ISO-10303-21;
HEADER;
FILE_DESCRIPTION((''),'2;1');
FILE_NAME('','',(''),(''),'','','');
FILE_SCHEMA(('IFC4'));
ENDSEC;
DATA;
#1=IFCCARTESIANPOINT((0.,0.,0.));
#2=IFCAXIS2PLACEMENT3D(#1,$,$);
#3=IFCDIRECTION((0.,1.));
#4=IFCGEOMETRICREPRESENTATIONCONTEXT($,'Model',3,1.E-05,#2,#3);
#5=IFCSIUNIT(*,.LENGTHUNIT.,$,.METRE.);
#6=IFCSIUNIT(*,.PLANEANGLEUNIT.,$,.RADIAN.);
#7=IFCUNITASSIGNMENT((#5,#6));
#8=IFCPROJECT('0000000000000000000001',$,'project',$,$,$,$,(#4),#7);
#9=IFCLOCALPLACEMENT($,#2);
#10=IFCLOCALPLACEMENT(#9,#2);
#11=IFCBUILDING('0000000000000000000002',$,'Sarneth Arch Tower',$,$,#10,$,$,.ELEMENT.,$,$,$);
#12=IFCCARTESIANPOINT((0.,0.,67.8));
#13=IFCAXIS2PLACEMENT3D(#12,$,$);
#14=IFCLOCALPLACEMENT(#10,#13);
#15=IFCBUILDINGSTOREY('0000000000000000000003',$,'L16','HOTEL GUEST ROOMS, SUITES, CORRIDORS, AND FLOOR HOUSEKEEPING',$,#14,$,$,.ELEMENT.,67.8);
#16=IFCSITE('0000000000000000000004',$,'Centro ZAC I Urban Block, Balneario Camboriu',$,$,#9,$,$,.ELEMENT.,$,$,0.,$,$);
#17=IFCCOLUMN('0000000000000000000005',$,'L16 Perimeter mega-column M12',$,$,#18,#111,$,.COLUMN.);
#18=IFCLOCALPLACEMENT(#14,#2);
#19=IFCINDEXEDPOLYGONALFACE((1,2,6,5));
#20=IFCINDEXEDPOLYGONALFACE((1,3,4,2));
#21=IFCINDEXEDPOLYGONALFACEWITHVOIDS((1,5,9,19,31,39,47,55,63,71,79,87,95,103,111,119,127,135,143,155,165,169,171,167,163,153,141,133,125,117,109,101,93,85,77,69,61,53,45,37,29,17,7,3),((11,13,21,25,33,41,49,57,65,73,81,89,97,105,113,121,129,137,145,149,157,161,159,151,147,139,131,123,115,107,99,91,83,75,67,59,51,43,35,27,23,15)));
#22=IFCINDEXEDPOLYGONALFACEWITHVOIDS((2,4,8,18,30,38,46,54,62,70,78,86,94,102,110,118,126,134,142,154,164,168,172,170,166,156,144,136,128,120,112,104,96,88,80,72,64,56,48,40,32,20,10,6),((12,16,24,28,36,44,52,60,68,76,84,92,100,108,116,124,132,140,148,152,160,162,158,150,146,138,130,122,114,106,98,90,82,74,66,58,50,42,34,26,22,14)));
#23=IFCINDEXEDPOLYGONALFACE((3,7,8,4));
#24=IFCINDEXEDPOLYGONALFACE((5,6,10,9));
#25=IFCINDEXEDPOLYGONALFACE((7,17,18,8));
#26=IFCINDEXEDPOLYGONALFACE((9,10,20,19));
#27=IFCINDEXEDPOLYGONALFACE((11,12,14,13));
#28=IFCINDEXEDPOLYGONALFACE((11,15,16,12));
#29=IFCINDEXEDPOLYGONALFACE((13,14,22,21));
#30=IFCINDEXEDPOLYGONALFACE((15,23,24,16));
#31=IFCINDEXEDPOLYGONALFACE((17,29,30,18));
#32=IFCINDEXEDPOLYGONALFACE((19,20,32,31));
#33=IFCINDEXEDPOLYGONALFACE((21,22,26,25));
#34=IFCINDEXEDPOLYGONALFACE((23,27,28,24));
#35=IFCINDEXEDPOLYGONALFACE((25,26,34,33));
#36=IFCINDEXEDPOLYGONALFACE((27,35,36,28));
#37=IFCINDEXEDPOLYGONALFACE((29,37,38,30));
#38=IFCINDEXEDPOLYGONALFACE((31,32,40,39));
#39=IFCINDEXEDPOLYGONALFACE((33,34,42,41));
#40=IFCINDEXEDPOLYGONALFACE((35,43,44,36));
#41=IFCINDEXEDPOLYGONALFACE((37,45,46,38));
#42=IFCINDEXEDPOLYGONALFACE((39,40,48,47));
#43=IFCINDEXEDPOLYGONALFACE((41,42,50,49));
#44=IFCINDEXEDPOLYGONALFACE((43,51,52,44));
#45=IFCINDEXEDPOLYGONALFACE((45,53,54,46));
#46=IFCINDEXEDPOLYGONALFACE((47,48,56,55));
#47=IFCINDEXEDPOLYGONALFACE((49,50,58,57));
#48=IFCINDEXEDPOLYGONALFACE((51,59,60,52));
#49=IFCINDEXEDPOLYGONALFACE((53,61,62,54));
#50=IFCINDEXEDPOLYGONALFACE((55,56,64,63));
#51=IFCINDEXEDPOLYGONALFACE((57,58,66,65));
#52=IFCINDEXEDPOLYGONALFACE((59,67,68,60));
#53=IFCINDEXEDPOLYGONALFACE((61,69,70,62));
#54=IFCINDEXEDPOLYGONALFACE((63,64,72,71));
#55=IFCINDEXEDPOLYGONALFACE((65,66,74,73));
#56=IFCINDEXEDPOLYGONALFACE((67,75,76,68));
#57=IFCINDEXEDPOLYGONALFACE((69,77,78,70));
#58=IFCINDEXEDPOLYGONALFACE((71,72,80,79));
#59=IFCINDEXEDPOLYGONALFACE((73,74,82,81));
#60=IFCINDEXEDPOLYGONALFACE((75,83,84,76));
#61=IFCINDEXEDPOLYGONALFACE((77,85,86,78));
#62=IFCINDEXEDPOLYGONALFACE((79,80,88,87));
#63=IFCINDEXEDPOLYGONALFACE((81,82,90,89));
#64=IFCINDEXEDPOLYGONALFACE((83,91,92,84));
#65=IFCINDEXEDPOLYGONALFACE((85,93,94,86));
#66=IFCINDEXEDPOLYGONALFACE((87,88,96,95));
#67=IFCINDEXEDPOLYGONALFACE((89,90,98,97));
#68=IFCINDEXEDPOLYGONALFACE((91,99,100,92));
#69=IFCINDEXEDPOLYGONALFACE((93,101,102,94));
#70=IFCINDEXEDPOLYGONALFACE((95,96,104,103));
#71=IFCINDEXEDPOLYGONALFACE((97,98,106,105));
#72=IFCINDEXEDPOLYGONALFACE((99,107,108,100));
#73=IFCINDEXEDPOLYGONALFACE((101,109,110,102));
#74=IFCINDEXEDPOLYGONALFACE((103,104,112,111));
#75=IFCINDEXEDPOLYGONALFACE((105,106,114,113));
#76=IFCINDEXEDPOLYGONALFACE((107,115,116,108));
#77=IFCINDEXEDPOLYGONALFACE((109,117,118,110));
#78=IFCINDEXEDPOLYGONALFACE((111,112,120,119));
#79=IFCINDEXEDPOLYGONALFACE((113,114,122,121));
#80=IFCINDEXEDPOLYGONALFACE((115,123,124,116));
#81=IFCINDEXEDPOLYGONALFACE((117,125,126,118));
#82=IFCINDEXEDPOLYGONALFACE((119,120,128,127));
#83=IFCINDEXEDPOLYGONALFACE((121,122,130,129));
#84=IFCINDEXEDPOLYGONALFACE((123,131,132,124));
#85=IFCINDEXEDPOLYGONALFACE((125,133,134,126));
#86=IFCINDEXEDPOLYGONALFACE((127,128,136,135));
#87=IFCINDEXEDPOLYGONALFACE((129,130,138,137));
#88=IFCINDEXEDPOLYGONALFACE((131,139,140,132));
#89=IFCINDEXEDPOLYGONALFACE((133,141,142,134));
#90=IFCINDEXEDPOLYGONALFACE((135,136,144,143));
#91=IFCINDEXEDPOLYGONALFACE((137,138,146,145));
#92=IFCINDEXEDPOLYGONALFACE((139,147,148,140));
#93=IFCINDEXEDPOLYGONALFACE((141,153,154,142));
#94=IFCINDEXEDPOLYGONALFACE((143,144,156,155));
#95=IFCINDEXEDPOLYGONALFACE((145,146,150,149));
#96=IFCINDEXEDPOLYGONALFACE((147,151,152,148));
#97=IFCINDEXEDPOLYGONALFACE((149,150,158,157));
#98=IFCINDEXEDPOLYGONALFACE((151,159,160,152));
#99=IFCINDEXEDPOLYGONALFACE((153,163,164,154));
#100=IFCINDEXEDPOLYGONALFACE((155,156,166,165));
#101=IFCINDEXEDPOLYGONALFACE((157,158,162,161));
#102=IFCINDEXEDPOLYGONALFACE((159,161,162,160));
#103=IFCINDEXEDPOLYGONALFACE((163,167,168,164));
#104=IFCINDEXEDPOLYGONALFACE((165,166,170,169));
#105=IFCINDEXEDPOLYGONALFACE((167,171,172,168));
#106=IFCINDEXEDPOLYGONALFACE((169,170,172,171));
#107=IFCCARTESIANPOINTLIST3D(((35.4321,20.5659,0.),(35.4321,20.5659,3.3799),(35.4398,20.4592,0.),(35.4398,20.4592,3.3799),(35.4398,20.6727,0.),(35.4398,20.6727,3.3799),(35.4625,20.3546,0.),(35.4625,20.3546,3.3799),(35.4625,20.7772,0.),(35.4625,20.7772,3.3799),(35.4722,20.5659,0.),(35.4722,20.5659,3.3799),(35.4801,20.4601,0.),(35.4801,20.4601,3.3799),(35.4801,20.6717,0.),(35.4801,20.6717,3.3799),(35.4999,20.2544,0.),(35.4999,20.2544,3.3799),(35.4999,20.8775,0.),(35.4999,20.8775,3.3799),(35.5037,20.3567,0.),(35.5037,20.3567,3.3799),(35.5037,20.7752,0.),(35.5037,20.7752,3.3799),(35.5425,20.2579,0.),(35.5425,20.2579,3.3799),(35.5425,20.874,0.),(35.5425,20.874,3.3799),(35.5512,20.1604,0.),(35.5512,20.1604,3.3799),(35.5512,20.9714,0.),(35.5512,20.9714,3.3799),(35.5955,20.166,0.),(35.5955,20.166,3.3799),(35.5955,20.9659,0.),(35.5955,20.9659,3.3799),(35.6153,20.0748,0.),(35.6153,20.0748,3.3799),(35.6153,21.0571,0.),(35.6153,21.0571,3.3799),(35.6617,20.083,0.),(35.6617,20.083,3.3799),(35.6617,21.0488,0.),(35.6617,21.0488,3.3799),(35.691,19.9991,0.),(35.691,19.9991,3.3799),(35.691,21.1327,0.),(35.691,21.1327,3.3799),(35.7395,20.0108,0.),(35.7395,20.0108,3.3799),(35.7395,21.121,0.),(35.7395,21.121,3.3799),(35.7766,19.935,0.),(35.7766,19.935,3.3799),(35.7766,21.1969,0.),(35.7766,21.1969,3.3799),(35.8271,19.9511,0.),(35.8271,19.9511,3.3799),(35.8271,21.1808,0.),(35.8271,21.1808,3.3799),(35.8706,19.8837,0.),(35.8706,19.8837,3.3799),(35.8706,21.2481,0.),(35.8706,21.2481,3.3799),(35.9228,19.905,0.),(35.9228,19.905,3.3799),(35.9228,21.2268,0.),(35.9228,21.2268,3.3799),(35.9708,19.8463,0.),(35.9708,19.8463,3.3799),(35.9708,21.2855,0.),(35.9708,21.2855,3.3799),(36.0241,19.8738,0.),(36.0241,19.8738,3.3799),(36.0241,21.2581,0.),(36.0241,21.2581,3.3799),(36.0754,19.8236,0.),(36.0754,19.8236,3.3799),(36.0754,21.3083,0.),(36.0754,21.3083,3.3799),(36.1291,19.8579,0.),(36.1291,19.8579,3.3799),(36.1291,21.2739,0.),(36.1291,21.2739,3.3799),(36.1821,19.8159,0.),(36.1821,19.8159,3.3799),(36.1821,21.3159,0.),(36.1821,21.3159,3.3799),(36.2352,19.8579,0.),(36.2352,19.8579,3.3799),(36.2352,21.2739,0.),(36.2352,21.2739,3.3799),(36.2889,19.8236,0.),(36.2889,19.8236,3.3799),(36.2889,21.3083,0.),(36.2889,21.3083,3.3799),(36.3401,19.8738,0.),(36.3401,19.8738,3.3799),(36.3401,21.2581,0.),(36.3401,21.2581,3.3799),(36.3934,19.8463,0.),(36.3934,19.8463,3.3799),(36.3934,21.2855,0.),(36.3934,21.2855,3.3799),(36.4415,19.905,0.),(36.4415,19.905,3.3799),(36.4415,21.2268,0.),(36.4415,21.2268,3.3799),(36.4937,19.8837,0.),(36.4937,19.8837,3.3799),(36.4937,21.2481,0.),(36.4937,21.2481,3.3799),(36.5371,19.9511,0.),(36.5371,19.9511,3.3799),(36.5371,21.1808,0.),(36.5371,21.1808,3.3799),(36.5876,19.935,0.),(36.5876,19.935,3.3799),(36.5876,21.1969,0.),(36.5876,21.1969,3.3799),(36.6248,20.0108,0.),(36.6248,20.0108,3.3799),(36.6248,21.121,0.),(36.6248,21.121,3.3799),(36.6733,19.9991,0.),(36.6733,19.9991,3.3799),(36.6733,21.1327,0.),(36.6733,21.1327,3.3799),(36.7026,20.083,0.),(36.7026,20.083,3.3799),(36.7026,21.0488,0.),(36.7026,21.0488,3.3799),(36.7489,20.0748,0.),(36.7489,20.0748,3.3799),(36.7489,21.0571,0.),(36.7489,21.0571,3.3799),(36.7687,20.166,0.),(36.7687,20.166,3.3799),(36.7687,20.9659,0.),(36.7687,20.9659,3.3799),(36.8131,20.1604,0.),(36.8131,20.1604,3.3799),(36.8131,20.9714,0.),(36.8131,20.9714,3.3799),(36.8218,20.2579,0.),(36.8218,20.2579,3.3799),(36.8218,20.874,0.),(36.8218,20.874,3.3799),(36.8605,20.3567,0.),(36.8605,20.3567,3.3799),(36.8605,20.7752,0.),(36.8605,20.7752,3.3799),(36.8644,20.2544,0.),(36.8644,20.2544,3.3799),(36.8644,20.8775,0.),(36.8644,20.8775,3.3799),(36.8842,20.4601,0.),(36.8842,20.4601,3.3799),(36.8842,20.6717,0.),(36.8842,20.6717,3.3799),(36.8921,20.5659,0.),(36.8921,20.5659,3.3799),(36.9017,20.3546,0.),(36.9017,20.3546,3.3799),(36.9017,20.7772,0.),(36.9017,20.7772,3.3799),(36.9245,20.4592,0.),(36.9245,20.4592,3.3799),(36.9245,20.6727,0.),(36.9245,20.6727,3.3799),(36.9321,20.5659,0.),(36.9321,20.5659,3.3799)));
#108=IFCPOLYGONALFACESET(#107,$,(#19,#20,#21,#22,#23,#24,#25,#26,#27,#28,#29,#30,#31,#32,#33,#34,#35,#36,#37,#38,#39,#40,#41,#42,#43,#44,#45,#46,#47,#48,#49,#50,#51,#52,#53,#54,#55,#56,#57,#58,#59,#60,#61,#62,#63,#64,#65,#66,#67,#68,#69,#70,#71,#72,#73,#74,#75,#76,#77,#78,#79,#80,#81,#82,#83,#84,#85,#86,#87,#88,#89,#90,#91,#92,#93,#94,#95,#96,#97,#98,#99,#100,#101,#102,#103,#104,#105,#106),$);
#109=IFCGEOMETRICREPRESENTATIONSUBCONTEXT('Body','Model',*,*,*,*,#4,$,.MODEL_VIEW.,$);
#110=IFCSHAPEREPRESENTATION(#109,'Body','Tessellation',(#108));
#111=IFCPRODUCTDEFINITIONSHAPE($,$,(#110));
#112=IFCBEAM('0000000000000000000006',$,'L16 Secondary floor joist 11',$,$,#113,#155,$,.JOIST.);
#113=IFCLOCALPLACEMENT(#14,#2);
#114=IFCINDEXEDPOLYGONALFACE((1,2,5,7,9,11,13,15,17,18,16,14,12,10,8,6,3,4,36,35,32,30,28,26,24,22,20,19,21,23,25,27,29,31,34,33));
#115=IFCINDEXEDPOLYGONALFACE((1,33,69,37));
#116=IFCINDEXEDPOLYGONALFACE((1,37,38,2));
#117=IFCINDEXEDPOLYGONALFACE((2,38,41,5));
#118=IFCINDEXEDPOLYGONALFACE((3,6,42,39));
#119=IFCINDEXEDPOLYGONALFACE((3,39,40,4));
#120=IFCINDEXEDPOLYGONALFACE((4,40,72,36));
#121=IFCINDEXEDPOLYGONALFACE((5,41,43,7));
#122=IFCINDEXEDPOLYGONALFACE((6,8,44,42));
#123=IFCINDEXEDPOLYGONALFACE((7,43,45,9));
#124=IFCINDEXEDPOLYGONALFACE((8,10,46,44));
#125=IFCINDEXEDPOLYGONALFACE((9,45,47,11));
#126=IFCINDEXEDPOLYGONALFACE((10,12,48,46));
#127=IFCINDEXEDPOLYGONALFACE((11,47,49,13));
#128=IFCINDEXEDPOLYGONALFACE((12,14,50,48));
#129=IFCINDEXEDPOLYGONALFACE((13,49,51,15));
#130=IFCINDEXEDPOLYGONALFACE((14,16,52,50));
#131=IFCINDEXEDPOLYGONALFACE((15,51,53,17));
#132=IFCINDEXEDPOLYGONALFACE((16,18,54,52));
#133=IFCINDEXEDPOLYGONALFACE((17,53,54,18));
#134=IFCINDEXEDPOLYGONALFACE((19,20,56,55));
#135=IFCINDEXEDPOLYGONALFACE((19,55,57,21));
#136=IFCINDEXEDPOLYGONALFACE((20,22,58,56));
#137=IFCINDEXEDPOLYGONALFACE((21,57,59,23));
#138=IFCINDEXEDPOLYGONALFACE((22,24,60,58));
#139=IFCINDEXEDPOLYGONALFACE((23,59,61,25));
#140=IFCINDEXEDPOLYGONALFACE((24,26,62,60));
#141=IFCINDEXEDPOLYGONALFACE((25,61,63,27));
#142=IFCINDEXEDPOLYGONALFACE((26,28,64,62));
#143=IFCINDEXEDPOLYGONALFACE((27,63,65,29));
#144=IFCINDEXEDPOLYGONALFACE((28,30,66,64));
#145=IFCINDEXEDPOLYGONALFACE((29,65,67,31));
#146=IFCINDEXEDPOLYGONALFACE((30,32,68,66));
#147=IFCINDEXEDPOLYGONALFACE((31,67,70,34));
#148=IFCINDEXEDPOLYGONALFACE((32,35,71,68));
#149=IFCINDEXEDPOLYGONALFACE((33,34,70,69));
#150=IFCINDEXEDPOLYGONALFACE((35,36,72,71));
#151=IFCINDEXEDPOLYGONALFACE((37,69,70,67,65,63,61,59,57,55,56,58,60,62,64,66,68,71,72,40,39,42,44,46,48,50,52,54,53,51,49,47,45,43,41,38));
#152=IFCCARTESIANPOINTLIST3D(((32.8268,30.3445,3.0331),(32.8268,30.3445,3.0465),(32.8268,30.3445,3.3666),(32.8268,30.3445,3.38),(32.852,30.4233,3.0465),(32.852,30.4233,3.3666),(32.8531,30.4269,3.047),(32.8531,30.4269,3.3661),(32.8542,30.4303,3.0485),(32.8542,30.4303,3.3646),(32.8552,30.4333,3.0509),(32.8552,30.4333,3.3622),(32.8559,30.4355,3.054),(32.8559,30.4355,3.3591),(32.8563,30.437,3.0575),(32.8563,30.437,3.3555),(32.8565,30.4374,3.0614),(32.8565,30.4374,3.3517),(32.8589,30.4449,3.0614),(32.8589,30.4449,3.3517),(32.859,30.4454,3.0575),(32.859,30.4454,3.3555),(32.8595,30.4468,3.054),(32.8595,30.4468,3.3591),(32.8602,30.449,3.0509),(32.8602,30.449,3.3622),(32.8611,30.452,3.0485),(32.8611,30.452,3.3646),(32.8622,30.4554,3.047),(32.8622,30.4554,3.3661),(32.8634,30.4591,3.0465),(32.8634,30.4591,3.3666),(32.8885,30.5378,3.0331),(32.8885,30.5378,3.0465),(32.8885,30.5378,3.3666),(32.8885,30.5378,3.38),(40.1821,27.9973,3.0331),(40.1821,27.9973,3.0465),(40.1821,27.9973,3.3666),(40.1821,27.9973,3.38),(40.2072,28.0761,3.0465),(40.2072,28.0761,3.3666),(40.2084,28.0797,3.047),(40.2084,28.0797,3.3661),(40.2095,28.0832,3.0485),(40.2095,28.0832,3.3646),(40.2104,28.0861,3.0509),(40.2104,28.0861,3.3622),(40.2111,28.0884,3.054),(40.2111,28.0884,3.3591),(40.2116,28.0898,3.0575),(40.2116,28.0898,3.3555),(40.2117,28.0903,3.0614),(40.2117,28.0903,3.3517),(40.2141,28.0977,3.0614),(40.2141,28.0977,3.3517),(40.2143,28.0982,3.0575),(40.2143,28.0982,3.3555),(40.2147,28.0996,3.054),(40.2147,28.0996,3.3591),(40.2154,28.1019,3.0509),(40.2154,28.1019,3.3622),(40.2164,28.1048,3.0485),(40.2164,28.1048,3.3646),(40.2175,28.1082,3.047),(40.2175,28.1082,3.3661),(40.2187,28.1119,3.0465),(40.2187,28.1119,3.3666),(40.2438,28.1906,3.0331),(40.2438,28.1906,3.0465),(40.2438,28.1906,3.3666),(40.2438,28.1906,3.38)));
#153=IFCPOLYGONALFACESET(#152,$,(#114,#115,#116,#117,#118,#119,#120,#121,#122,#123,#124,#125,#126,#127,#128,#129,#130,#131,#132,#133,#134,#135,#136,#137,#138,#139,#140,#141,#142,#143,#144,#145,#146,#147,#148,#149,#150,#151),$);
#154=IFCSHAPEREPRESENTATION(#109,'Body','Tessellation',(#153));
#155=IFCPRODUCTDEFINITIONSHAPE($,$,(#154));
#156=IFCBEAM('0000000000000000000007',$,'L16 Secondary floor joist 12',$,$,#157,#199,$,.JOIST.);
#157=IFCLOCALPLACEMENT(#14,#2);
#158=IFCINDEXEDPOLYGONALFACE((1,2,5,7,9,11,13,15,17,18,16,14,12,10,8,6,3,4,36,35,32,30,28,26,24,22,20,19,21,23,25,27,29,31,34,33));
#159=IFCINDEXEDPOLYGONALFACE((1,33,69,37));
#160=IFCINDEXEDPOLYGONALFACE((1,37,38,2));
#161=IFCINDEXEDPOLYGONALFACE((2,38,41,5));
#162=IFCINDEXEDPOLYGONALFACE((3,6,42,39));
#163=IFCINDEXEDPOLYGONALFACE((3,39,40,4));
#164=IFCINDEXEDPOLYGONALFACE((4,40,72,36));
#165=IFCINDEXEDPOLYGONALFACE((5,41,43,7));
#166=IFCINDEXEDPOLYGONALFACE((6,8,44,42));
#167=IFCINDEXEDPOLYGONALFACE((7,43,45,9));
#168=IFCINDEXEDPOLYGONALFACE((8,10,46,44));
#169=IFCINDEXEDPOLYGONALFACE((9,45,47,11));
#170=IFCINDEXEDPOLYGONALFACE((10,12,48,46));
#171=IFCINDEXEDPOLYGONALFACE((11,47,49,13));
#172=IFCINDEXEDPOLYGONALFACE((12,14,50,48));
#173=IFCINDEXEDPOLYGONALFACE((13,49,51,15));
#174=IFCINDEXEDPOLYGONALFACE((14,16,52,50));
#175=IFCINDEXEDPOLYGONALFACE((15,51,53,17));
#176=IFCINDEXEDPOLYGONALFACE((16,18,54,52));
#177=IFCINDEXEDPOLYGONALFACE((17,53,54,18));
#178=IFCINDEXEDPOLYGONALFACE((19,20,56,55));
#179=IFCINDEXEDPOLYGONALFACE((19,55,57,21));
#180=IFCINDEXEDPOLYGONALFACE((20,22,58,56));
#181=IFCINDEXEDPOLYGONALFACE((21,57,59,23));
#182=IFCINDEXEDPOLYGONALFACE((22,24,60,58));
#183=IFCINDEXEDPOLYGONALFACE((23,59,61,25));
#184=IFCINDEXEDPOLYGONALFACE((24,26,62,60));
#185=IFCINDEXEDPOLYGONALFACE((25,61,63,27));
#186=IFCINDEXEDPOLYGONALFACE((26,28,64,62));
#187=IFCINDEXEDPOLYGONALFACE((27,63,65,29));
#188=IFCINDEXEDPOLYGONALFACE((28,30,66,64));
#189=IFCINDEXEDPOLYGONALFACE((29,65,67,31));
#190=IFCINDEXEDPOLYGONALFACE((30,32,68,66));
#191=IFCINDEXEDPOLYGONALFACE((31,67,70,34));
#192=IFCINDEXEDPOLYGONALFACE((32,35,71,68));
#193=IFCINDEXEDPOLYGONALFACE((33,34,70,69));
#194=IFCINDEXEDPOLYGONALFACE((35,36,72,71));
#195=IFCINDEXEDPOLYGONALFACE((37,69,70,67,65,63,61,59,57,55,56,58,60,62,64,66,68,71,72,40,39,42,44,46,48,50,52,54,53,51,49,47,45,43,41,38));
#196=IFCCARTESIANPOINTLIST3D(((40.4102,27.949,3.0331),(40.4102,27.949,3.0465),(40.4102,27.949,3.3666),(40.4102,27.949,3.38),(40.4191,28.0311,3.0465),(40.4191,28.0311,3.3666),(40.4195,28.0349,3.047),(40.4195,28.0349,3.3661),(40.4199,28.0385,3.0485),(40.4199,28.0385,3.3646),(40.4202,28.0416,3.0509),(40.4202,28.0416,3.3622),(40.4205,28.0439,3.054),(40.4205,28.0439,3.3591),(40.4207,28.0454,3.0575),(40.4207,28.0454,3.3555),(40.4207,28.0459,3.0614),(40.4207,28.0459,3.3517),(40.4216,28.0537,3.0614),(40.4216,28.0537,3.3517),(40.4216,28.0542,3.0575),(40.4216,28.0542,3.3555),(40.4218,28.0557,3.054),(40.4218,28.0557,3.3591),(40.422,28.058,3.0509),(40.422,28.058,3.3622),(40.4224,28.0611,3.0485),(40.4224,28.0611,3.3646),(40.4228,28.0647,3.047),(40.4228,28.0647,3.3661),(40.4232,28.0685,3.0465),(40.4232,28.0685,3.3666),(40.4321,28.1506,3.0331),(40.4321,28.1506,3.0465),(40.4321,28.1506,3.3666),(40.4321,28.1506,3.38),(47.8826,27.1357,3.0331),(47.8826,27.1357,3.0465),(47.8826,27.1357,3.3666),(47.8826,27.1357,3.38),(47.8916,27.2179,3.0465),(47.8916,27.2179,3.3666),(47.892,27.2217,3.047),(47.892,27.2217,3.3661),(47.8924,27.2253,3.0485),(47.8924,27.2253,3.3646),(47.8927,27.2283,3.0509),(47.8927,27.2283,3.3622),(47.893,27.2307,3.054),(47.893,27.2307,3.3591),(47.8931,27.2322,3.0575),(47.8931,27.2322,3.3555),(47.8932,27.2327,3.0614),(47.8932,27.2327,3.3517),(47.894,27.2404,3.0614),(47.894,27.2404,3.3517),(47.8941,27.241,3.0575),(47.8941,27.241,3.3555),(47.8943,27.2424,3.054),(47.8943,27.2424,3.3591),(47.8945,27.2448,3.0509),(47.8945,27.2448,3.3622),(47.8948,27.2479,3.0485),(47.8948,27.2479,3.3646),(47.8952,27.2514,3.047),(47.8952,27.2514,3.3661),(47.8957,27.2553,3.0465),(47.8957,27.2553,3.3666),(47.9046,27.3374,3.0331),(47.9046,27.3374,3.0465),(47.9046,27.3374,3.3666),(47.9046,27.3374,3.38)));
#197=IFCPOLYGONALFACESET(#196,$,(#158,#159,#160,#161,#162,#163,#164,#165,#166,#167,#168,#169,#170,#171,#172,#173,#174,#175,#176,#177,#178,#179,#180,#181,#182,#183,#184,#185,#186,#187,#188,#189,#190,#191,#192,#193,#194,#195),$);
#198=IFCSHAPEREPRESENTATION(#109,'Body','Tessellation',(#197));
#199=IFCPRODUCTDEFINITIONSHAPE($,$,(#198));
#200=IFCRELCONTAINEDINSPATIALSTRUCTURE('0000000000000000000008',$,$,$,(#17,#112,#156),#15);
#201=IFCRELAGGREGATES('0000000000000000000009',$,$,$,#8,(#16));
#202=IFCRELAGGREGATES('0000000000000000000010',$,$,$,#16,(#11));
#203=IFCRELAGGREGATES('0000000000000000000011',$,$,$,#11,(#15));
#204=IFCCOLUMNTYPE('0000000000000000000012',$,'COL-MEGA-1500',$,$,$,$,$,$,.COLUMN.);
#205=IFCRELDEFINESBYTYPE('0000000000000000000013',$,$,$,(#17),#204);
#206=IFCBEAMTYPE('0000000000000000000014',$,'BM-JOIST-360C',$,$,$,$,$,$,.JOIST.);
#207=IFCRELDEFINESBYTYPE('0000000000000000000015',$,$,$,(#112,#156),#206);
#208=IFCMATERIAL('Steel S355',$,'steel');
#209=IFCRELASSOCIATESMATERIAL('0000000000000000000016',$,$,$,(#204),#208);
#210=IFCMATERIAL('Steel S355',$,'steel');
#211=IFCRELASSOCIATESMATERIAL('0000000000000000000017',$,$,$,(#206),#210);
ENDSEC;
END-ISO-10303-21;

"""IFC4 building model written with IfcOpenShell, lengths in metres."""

from ifc_helpers import new_model, si_unit, direction, frame, origin, origin_2d, place, context, subcontext, project, spatial, hollow_circle, i_section, extrude, material, material_profile, profile_set, type_object, element, save


model = new_model("IFC4")

# Units and contexts
model_context = context("Model", 3, precision=1e-05, world=origin(), true_north=direction((0.0, 1.0)))
body_context = subcontext(model_context, "Body", "Model", "MODEL_VIEW")
ifc_project = project(units=[si_unit("LENGTHUNIT", "METRE"), si_unit("PLANEANGLEUNIT", "RADIAN")], contexts=[model_context])

# Site, building, storey
site_placement = place(None, origin())
site = spatial("IfcSite", under=ifc_project, at=site_placement, Name="Centro ZAC I Urban Block, Balneario Camboriu", CompositionType="ELEMENT", RefElevation=0.0)
building_placement = place(site_placement, origin())
building = spatial("IfcBuilding", under=site, at=building_placement, Name="Sarneth Arch Tower", CompositionType="ELEMENT")
storey_placement = place(building_placement, frame((0.0, 0.0, 67.8)))
storey = spatial("IfcBuildingStorey", under=building, at=storey_placement, Name="L16", Description="HOTEL GUEST ROOMS, SUITES, CORRIDORS, AND FLOOR HOUSEKEEPING", CompositionType="ELEMENT", Elevation=67.8)

# Column
ifc_material_1 = material(Name="Steel S355", Category="steel")
ifc_material_profile_1 = material_profile(ifc_material_1, hollow_circle(Radius=0.75, WallThickness=0.04, at=origin_2d()), Name="CHS1500x40")
ifc_profile_set_1 = profile_set([ifc_material_profile_1], Name="Steel S355")
column_type = type_object("IfcColumnType", Name="COL-MEGA-1500", PredefinedType="COLUMN", material=ifc_profile_set_1)
column_placement = place(storey_placement, frame((36.1821, 20.5659, 0.0), z_axis=(0.0, 0.0, 1.0), x_axis=(1.0, 0.0, 0.0)))
element("IfcColumn", 1, at=column_placement, inside=storey, type_object=column_type, Name="L16 Perimeter mega-column M12", PredefinedType="COLUMN", context=body_context, shape_type="SweptSolid", body=[
    extrude(hollow_circle(Radius=0.75, WallThickness=0.04, at=origin_2d()), origin(), (0.0, 0.0, 1.0), 3.3799),
])

# Beams
ifc_material_2 = material(Name="Steel S355", Category="steel")
ifc_material_profile_2 = material_profile(ifc_material_2, i_section(OverallWidth=0.2029, OverallDepth=0.3469, WebThickness=0.0078, FlangeThickness=0.0134, FilletRadius=0.0149, at=origin_2d()), Name="W360x64")
ifc_profile_set_2 = profile_set([ifc_material_profile_2], Name="Steel S355")
beam_type_1 = type_object("IfcBeamType", Name="BM-JOIST-360C", PredefinedType="JOIST", material=ifc_profile_set_2)
beam_1_placement = place(storey_placement, frame((32.8577, 30.4412, 3.2065), z_axis=(0.952668, -0.304011, 0.0), x_axis=(0.304011, 0.952668, 0.0)))
element("IfcBeam", 2, at=beam_1_placement, inside=storey, type_object=beam_type_1, Name="L16 Secondary floor joist 11", PredefinedType="JOIST", context=body_context, shape_type="SweptSolid", body=[
    extrude(i_section(OverallWidth=0.2029, OverallDepth=0.3469, WebThickness=0.0078, FlangeThickness=0.0134, FilletRadius=0.0149, at=origin_2d()), origin(), (0.0, 0.0, 1.0), 7.7207),
])
beam_2_placement = place(storey_placement, frame((40.4211, 28.0498, 3.2065), z_axis=(0.99413, -0.108192, 0.0), x_axis=(0.108192, 0.99413, 0.0)))
element("IfcBeam", 3, at=beam_2_placement, inside=storey, type_object=beam_type_1, Name="L16 Secondary floor joist 12", PredefinedType="JOIST", context=body_context, shape_type="SweptSolid", body=[
    extrude(i_section(OverallWidth=0.2029, OverallDepth=0.3469, WebThickness=0.0078, FlangeThickness=0.0134, FilletRadius=0.0149, at=origin_2d()), origin(), (0.0, 0.0, 1.0), 7.5166),
])

save(model, "model.ifc")
